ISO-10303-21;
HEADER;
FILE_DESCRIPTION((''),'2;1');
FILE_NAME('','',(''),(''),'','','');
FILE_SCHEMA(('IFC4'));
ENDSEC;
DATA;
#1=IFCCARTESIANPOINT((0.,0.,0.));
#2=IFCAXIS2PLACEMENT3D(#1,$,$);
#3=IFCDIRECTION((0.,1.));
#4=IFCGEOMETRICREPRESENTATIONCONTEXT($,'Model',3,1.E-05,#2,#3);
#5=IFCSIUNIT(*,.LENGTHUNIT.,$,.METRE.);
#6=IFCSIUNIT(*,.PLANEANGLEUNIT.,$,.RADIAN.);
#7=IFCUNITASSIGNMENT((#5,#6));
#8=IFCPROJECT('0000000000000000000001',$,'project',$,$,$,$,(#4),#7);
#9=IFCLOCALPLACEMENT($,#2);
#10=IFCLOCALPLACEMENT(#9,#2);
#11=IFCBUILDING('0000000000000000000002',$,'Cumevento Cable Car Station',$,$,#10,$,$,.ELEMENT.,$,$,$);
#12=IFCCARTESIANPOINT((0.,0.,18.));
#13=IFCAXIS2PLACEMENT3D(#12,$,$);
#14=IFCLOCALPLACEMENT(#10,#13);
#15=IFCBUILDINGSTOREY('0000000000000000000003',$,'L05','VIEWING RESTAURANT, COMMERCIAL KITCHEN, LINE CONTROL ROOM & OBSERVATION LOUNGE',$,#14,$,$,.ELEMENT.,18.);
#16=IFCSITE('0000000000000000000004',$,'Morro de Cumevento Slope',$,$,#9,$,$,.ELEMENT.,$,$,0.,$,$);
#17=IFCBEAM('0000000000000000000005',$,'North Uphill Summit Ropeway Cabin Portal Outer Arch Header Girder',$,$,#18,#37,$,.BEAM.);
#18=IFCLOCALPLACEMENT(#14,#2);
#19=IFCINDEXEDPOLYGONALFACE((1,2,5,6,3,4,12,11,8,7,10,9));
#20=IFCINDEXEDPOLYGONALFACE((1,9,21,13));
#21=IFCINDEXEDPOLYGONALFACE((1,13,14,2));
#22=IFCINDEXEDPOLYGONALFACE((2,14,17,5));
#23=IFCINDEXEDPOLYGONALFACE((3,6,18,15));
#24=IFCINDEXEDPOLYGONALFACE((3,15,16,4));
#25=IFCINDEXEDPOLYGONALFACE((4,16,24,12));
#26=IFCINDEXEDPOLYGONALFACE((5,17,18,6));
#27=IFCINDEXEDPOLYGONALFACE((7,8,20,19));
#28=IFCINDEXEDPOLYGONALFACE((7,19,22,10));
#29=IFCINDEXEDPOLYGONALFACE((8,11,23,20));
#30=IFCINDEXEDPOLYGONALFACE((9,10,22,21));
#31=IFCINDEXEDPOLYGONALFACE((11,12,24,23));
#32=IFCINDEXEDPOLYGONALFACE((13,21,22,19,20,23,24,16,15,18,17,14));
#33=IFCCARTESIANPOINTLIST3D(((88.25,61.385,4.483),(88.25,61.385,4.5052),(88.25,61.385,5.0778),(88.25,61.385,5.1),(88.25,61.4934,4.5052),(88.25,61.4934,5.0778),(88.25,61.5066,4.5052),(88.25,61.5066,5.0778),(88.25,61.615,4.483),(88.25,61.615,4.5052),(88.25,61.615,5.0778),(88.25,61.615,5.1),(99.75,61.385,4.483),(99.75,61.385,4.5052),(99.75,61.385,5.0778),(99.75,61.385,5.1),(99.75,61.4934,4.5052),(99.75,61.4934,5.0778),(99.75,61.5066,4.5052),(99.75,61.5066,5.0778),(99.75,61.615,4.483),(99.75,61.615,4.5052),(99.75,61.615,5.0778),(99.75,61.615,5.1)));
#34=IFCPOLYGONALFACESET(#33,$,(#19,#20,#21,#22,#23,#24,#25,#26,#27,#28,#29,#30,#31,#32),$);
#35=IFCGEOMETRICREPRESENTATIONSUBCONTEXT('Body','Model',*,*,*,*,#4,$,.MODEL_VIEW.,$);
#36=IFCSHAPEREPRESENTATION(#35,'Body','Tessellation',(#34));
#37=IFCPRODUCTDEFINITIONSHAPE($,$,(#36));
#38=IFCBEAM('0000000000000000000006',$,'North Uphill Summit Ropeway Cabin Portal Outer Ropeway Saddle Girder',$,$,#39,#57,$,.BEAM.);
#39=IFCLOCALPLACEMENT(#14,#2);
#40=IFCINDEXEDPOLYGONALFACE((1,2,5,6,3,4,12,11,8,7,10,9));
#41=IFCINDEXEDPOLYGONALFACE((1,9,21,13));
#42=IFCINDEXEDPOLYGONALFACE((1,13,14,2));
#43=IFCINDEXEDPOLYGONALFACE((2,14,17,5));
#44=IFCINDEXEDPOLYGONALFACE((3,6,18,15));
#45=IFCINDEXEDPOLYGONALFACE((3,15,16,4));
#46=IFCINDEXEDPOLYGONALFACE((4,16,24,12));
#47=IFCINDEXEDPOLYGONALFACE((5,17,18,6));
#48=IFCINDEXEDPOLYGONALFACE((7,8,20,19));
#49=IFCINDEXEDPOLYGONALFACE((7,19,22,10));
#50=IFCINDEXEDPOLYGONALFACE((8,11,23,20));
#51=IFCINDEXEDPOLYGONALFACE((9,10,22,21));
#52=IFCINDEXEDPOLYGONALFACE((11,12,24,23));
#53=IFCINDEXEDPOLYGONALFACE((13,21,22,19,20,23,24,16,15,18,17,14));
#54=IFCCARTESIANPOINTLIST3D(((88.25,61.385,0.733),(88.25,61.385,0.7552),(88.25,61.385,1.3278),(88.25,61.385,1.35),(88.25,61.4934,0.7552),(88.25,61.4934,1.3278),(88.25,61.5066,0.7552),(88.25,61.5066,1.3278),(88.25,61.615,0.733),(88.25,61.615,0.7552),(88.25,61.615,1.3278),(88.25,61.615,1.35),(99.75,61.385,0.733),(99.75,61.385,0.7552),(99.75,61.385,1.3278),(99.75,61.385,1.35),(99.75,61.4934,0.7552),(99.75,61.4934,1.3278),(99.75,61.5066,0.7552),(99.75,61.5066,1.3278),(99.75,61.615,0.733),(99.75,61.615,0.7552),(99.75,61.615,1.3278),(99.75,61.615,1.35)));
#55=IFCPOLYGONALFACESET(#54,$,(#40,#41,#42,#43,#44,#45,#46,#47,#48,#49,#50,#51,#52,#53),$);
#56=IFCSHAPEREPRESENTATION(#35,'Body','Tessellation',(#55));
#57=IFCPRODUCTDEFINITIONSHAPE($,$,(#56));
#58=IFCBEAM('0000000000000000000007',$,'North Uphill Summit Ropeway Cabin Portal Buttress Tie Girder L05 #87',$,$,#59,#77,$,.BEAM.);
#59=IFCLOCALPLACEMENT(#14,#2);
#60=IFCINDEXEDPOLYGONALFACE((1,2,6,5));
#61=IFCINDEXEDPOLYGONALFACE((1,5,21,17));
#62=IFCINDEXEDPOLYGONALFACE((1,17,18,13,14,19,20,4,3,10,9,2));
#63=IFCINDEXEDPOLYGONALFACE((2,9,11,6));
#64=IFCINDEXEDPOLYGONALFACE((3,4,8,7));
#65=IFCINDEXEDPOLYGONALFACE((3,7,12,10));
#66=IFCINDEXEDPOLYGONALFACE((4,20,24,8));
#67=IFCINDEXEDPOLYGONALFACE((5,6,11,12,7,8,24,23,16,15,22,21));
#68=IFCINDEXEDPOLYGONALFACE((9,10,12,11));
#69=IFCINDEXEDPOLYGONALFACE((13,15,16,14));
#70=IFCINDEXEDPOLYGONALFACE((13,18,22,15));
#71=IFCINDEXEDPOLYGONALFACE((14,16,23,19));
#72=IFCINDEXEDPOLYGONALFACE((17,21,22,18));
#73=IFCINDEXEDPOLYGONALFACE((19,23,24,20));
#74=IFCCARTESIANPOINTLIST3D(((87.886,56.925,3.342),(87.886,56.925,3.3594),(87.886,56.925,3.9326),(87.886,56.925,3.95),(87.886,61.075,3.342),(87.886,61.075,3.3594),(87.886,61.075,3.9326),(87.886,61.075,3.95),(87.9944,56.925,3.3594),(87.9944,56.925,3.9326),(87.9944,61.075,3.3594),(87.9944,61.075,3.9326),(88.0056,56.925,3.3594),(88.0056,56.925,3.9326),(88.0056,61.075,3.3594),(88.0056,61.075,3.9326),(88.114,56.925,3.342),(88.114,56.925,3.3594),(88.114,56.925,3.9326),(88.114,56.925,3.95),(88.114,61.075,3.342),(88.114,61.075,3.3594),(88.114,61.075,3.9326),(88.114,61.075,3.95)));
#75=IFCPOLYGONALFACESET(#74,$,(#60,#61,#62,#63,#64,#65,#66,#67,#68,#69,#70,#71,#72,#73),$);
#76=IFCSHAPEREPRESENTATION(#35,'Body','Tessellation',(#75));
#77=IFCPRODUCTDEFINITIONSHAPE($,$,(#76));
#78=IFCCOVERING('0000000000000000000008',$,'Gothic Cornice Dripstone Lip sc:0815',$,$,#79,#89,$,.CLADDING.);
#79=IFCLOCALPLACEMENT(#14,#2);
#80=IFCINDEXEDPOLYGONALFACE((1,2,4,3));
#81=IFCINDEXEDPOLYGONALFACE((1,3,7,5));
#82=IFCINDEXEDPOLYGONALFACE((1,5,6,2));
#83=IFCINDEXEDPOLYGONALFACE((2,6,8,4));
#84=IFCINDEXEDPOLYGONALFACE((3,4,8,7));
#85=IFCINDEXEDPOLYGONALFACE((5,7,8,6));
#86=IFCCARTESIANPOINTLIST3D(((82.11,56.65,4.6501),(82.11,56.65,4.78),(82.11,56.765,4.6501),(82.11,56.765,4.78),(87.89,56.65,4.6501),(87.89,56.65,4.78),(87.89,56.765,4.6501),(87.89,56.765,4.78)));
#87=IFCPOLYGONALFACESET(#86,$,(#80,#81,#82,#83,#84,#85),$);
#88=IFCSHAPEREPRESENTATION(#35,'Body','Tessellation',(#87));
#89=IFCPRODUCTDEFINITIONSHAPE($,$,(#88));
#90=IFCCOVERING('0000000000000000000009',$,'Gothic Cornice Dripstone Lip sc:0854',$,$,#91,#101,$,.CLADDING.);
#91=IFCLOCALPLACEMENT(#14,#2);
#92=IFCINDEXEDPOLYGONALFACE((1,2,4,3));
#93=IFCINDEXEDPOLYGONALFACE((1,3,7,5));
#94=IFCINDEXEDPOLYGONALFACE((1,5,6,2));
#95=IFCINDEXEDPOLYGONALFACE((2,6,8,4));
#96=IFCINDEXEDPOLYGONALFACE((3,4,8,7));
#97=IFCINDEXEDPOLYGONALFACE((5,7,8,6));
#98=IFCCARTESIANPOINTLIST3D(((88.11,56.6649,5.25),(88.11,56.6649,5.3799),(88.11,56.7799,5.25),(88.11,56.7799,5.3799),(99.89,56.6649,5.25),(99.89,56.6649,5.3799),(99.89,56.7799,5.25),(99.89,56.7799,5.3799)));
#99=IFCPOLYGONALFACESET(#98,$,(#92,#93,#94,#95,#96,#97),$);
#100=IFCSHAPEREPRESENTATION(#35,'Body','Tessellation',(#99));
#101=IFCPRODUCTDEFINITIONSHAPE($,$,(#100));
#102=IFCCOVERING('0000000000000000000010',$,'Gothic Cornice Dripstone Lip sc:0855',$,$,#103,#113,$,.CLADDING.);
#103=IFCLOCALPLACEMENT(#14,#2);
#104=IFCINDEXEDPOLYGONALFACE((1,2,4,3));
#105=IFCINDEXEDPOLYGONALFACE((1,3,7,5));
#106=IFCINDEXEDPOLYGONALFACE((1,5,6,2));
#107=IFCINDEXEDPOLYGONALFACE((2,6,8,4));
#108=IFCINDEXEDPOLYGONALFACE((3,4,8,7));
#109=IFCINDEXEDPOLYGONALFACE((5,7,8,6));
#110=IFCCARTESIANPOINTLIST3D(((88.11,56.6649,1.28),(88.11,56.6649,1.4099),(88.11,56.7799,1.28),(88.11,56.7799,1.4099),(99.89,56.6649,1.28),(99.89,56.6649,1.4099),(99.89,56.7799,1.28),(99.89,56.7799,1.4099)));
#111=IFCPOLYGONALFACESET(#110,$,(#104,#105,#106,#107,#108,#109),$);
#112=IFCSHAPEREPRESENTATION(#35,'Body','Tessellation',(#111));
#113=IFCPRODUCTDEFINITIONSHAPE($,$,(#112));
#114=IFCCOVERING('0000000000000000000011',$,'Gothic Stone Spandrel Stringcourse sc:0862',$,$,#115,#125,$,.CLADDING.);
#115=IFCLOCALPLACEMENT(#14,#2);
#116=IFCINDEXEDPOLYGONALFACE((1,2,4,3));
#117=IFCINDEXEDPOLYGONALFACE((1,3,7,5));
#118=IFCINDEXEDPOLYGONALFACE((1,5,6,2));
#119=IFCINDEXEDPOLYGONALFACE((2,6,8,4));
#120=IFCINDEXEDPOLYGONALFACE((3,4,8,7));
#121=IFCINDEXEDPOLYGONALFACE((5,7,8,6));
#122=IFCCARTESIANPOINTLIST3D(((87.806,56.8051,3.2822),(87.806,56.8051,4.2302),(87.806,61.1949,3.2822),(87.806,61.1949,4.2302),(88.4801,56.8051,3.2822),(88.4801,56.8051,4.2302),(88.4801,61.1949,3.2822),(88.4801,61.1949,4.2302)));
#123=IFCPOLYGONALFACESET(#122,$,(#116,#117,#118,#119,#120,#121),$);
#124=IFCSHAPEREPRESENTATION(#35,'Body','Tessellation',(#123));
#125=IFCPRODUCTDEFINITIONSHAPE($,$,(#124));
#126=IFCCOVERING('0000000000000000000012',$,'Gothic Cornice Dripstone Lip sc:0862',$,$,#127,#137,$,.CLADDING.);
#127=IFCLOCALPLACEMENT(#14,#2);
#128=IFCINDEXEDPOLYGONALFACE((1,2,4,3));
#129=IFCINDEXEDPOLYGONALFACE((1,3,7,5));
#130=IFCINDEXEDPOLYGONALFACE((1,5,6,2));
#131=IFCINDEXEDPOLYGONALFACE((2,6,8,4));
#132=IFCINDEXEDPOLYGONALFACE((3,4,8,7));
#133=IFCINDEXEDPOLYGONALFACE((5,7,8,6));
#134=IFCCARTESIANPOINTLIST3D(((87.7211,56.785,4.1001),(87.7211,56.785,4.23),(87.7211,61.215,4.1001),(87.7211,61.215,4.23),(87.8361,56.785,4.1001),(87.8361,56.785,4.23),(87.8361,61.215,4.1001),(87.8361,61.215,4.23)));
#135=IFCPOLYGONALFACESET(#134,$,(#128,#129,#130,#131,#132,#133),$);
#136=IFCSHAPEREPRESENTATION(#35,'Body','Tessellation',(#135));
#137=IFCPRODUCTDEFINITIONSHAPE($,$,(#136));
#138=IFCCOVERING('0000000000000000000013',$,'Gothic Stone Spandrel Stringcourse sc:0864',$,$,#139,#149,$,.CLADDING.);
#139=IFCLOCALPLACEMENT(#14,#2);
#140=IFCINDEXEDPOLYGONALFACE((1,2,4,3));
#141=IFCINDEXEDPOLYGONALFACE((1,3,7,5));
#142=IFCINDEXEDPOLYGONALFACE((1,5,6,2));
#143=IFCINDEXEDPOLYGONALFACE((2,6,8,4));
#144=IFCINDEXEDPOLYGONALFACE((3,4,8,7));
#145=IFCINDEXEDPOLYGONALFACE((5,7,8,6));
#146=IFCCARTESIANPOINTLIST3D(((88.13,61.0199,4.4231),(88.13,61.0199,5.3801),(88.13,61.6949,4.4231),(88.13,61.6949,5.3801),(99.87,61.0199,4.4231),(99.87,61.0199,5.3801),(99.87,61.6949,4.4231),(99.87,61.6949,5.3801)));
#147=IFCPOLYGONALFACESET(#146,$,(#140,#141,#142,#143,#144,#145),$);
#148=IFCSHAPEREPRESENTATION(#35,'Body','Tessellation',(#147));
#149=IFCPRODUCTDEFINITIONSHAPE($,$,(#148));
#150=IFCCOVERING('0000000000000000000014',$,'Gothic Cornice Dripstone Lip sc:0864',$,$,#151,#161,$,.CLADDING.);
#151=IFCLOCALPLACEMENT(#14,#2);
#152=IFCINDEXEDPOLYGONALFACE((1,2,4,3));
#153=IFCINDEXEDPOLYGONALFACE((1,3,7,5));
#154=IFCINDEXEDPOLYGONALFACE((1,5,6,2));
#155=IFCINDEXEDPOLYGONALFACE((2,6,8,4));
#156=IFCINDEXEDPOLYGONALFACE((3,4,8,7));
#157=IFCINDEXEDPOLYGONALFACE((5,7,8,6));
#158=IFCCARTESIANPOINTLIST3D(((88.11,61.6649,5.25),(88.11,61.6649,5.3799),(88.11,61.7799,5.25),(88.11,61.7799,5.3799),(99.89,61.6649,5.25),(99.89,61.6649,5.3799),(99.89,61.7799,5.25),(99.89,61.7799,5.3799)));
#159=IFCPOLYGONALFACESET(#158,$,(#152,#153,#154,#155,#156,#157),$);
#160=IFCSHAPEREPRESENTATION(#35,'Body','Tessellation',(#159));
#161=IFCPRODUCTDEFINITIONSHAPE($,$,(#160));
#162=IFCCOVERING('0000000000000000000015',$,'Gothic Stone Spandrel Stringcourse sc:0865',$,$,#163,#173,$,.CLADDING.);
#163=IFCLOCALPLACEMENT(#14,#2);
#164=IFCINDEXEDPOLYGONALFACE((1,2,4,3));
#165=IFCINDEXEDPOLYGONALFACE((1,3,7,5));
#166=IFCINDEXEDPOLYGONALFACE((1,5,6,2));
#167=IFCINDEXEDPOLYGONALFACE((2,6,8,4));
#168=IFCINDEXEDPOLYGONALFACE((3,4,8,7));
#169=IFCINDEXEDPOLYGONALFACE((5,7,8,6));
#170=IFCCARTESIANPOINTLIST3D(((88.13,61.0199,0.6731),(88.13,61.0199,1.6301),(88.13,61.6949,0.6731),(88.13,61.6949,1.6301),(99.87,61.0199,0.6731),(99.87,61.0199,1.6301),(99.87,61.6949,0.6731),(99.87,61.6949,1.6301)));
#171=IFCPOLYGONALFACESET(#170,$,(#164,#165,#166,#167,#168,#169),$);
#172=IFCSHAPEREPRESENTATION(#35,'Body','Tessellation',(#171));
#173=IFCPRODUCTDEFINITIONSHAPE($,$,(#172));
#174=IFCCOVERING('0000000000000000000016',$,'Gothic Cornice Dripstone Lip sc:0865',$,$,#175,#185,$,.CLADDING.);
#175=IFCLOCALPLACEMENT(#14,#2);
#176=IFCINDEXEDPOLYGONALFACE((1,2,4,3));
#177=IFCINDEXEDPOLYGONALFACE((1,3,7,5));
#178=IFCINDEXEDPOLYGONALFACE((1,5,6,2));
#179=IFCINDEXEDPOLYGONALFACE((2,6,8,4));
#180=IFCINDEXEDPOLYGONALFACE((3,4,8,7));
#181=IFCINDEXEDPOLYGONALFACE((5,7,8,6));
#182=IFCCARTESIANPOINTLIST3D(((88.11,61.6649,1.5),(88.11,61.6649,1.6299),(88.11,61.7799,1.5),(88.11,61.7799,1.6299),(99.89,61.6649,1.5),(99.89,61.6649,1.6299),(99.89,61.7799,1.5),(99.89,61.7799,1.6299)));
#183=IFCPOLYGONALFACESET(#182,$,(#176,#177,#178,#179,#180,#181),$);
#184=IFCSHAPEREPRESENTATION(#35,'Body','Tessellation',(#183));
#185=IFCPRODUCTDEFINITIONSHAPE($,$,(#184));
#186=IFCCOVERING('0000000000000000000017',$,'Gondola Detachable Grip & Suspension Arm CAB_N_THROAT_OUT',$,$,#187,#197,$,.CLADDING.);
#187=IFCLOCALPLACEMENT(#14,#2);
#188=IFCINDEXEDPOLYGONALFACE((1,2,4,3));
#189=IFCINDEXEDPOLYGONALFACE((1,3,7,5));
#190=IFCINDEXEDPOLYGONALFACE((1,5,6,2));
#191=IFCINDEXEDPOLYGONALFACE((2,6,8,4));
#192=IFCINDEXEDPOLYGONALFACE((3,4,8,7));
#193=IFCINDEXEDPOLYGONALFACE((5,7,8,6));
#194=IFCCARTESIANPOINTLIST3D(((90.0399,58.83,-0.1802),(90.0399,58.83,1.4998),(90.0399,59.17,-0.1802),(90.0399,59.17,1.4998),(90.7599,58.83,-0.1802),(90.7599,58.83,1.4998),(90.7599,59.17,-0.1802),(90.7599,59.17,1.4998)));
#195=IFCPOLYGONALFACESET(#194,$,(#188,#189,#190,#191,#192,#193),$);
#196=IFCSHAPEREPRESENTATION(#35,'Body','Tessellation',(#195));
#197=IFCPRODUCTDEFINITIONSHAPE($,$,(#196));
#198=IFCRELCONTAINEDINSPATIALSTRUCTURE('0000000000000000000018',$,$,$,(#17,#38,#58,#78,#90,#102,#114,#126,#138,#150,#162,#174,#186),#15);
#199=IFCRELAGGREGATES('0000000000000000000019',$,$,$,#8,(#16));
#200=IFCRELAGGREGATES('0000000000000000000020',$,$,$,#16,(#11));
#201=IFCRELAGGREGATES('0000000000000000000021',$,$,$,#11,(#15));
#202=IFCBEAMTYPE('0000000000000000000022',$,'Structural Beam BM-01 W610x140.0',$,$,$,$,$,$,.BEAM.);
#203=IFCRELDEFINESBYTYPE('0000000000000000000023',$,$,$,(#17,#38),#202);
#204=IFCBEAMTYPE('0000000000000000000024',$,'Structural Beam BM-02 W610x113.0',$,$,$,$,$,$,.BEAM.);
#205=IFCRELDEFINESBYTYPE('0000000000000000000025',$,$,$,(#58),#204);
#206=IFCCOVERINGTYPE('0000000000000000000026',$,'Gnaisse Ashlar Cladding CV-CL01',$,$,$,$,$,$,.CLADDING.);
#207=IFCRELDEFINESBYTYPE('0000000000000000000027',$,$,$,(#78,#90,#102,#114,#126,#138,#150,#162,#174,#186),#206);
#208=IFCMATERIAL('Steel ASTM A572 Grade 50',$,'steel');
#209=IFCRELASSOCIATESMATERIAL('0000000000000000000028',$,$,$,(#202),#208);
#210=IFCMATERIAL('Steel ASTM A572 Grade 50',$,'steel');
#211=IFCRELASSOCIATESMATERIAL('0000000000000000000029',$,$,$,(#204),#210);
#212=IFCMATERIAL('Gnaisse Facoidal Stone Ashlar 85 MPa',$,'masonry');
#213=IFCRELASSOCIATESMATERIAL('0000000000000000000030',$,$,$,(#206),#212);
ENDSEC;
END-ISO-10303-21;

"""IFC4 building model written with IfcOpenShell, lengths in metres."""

from ifc_helpers import new_model, si_unit, direction, frame, origin, origin_2d, place, context, subcontext, project, spatial, rectangle, i_section, extrude, material, material_profile, profile_set, type_object, element, save


model = new_model("IFC4")

# Units and contexts
model_context = context("Model", 3, precision=1e-05, world=origin(), true_north=direction((0.0, 1.0)))
body_context = subcontext(model_context, "Body", "Model", "MODEL_VIEW")
ifc_project = project(units=[si_unit("LENGTHUNIT", "METRE"), si_unit("PLANEANGLEUNIT", "RADIAN")], contexts=[model_context])

# Site, building, storey
site_placement = place(None, origin())
site = spatial("IfcSite", under=ifc_project, at=site_placement, Name="Morro de Cumevento Slope", CompositionType="ELEMENT", RefElevation=0.0)
building_placement = place(site_placement, origin())
building = spatial("IfcBuilding", under=site, at=building_placement, Name="Cumevento Cable Car Station", CompositionType="ELEMENT")
storey_placement = place(building_placement, frame((0.0, 0.0, 18.0)))
storey = spatial("IfcBuildingStorey", under=building, at=storey_placement, Name="L05", Description="VIEWING RESTAURANT, COMMERCIAL KITCHEN, LINE CONTROL ROOM & OBSERVATION LOUNGE", CompositionType="ELEMENT", Elevation=18.0)

# Beams
ifc_material_1 = material(Name="Steel ASTM A572 Grade 50", Category="steel")
ifc_material_profile_1 = material_profile(ifc_material_1, i_section(OverallWidth=0.23, OverallDepth=0.6169, WebThickness=0.0132, FlangeThickness=0.0222, at=origin_2d()), Name="W610x140.0")
ifc_profile_set_1 = profile_set([ifc_material_profile_1], Name="Steel ASTM A572 Grade 50")
beam_type_1 = type_object("IfcBeamType", Name="Structural Beam BM-01 W610x140.0", PredefinedType="BEAM", material=ifc_profile_set_1)
for number, where, z_axis, x_axis, name in (
    (1, (88.25, 61.5, 4.7915), (1.0, 0.0, 0.0), (0.0, 1.0, 0.0), "North Uphill Summit Ropeway Cabin Portal Outer Arch Header Girder"),
    (2, (88.25, 61.5, 1.0415), (1.0, 0.0, 0.0), (0.0, 1.0, 0.0), "North Uphill Summit Ropeway Cabin Portal Outer Ropeway Saddle Girder"),
):
    element("IfcBeam", number, at=place(storey_placement, frame(where, z_axis=z_axis, x_axis=x_axis)), inside=storey, type_object=beam_type_1, Name=name, PredefinedType="BEAM", context=body_context, shape_type="SweptSolid", body=[
        extrude(i_section(OverallWidth=0.23, OverallDepth=0.6169, WebThickness=0.0132, FlangeThickness=0.0222, at=origin_2d()), origin(), (0.0, 0.0, 1.0), 11.5),
    ])
ifc_material_2 = material(Name="Steel ASTM A572 Grade 50", Category="steel")
ifc_material_profile_2 = material_profile(ifc_material_2, i_section(OverallWidth=0.228, OverallDepth=0.6079, WebThickness=0.0112, FlangeThickness=0.0173, at=origin_2d()), Name="W610x113.0")
ifc_profile_set_2 = profile_set([ifc_material_profile_2], Name="Steel ASTM A572 Grade 50")
beam_type_2 = type_object("IfcBeamType", Name="Structural Beam BM-02 W610x113.0", PredefinedType="BEAM", material=ifc_profile_set_2)
beam_placement = place(storey_placement, frame((88.0, 56.925, 3.646), z_axis=(0.0, 1.0, 0.0), x_axis=(-1.0, 0.0, 0.0)))
element("IfcBeam", 3, at=beam_placement, inside=storey, type_object=beam_type_2, Name="North Uphill Summit Ropeway Cabin Portal Buttress Tie Girder L05 #87", PredefinedType="BEAM", context=body_context, shape_type="SweptSolid", body=[
    extrude(i_section(OverallWidth=0.228, OverallDepth=0.6079, WebThickness=0.0112, FlangeThickness=0.0173, at=origin_2d()), origin(), (0.0, 0.0, 1.0), 4.1499),
])

# Coverings
ifc_material_3 = material(Name="Gnaisse Facoidal Stone Ashlar 85 MPa", Category="masonry")
covering_type = type_object("IfcCoveringType", Name="Gnaisse Ashlar Cladding CV-CL01", PredefinedType="CLADDING", material=ifc_material_3)
covering_1_placement = place(storey_placement, frame((85.0, 56.7075, 4.6501), z_axis=(0.0, 0.0, 1.0), x_axis=(1.0, 0.0, 0.0)))
element("IfcCovering", 4, at=covering_1_placement, inside=storey, type_object=covering_type, Name="Gothic Cornice Dripstone Lip sc:0815", PredefinedType="CLADDING", context=body_context, shape_type="SweptSolid", body=[
    extrude(rectangle(XDim=5.78, YDim=0.115, at=origin_2d()), origin(), (0.0, 0.0, 1.0), 0.1299),
])
for number, where, z_axis, x_axis, name in (
    (5, (94.0, 56.7224, 5.25), (0.0, 0.0, 1.0), (1.0, 0.0, 0.0), "Gothic Cornice Dripstone Lip sc:0854"),
    (6, (94.0, 56.7224, 1.28), (0.0, 0.0, 1.0), (1.0, 0.0, 0.0), "Gothic Cornice Dripstone Lip sc:0855"),
):
    element("IfcCovering", number, at=place(storey_placement, frame(where, z_axis=z_axis, x_axis=x_axis)), inside=storey, type_object=covering_type, Name=name, PredefinedType="CLADDING", context=body_context, shape_type="SweptSolid", body=[
        extrude(rectangle(XDim=11.78, YDim=0.115, at=origin_2d()), origin(), (0.0, 0.0, 1.0), 0.1299),
    ])
covering_2_placement = place(storey_placement, frame((88.1431, 59.0, 3.2822), z_axis=(0.0, 0.0, 1.0), x_axis=(0.0, 1.0, 0.0)))
element("IfcCovering", 7, at=covering_2_placement, inside=storey, type_object=covering_type, Name="Gothic Stone Spandrel Stringcourse sc:0862", PredefinedType="CLADDING", context=body_context, shape_type="SweptSolid", body=[
    extrude(rectangle(XDim=4.3899, YDim=0.6741, at=origin_2d()), origin(), (0.0, 0.0, 1.0), 0.948),
])
covering_3_placement = place(storey_placement, frame((87.7786, 59.0, 4.1001), z_axis=(0.0, 0.0, 1.0), x_axis=(0.0, 1.0, 0.0)))
element("IfcCovering", 8, at=covering_3_placement, inside=storey, type_object=covering_type, Name="Gothic Cornice Dripstone Lip sc:0862", PredefinedType="CLADDING", context=body_context, shape_type="SweptSolid", body=[
    extrude(rectangle(XDim=4.4299, YDim=0.115, at=origin_2d()), origin(), (0.0, 0.0, 1.0), 0.1299),
])
covering_4_placement = place(storey_placement, frame((94.0, 61.3574, 4.4231), z_axis=(0.0, 0.0, 1.0), x_axis=(1.0, 0.0, 0.0)))
element("IfcCovering", 9, at=covering_4_placement, inside=storey, type_object=covering_type, Name="Gothic Stone Spandrel Stringcourse sc:0864", PredefinedType="CLADDING", context=body_context, shape_type="SweptSolid", body=[
    extrude(rectangle(XDim=11.74, YDim=0.675, at=origin_2d()), origin(), (0.0, 0.0, 1.0), 0.957),
])
covering_5_placement = place(storey_placement, frame((94.0, 61.7224, 5.25), z_axis=(0.0, 0.0, 1.0), x_axis=(1.0, 0.0, 0.0)))
element("IfcCovering", 10, at=covering_5_placement, inside=storey, type_object=covering_type, Name="Gothic Cornice Dripstone Lip sc:0864", PredefinedType="CLADDING", context=body_context, shape_type="SweptSolid", body=[
    extrude(rectangle(XDim=11.78, YDim=0.115, at=origin_2d()), origin(), (0.0, 0.0, 1.0), 0.1299),
])
covering_6_placement = place(storey_placement, frame((94.0, 61.3574, 0.6731), z_axis=(0.0, 0.0, 1.0), x_axis=(1.0, 0.0, 0.0)))
element("IfcCovering", 11, at=covering_6_placement, inside=storey, type_object=covering_type, Name="Gothic Stone Spandrel Stringcourse sc:0865", PredefinedType="CLADDING", context=body_context, shape_type="SweptSolid", body=[
    extrude(rectangle(XDim=11.74, YDim=0.675, at=origin_2d()), origin(), (0.0, 0.0, 1.0), 0.957),
])
covering_7_placement = place(storey_placement, frame((94.0, 61.7224, 1.5), z_axis=(0.0, 0.0, 1.0), x_axis=(1.0, 0.0, 0.0)))
element("IfcCovering", 12, at=covering_7_placement, inside=storey, type_object=covering_type, Name="Gothic Cornice Dripstone Lip sc:0865", PredefinedType="CLADDING", context=body_context, shape_type="SweptSolid", body=[
    extrude(rectangle(XDim=11.78, YDim=0.115, at=origin_2d()), origin(), (0.0, 0.0, 1.0), 0.1299),
])
covering_8_placement = place(storey_placement, frame((90.3999, 59.0, -0.1802), z_axis=(0.0, 0.0, 1.0), x_axis=(1.0, 0.0, 0.0)))
element("IfcCovering", 13, at=covering_8_placement, inside=storey, type_object=covering_type, Name="Gondola Detachable Grip & Suspension Arm CAB_N_THROAT_OUT", PredefinedType="CLADDING", context=body_context, shape_type="SweptSolid", body=[
    extrude(rectangle(XDim=0.72, YDim=0.3401, at=origin_2d()), origin(), (0.0, 0.0, 1.0), 1.6799),
])

save(model, "model.ifc")
